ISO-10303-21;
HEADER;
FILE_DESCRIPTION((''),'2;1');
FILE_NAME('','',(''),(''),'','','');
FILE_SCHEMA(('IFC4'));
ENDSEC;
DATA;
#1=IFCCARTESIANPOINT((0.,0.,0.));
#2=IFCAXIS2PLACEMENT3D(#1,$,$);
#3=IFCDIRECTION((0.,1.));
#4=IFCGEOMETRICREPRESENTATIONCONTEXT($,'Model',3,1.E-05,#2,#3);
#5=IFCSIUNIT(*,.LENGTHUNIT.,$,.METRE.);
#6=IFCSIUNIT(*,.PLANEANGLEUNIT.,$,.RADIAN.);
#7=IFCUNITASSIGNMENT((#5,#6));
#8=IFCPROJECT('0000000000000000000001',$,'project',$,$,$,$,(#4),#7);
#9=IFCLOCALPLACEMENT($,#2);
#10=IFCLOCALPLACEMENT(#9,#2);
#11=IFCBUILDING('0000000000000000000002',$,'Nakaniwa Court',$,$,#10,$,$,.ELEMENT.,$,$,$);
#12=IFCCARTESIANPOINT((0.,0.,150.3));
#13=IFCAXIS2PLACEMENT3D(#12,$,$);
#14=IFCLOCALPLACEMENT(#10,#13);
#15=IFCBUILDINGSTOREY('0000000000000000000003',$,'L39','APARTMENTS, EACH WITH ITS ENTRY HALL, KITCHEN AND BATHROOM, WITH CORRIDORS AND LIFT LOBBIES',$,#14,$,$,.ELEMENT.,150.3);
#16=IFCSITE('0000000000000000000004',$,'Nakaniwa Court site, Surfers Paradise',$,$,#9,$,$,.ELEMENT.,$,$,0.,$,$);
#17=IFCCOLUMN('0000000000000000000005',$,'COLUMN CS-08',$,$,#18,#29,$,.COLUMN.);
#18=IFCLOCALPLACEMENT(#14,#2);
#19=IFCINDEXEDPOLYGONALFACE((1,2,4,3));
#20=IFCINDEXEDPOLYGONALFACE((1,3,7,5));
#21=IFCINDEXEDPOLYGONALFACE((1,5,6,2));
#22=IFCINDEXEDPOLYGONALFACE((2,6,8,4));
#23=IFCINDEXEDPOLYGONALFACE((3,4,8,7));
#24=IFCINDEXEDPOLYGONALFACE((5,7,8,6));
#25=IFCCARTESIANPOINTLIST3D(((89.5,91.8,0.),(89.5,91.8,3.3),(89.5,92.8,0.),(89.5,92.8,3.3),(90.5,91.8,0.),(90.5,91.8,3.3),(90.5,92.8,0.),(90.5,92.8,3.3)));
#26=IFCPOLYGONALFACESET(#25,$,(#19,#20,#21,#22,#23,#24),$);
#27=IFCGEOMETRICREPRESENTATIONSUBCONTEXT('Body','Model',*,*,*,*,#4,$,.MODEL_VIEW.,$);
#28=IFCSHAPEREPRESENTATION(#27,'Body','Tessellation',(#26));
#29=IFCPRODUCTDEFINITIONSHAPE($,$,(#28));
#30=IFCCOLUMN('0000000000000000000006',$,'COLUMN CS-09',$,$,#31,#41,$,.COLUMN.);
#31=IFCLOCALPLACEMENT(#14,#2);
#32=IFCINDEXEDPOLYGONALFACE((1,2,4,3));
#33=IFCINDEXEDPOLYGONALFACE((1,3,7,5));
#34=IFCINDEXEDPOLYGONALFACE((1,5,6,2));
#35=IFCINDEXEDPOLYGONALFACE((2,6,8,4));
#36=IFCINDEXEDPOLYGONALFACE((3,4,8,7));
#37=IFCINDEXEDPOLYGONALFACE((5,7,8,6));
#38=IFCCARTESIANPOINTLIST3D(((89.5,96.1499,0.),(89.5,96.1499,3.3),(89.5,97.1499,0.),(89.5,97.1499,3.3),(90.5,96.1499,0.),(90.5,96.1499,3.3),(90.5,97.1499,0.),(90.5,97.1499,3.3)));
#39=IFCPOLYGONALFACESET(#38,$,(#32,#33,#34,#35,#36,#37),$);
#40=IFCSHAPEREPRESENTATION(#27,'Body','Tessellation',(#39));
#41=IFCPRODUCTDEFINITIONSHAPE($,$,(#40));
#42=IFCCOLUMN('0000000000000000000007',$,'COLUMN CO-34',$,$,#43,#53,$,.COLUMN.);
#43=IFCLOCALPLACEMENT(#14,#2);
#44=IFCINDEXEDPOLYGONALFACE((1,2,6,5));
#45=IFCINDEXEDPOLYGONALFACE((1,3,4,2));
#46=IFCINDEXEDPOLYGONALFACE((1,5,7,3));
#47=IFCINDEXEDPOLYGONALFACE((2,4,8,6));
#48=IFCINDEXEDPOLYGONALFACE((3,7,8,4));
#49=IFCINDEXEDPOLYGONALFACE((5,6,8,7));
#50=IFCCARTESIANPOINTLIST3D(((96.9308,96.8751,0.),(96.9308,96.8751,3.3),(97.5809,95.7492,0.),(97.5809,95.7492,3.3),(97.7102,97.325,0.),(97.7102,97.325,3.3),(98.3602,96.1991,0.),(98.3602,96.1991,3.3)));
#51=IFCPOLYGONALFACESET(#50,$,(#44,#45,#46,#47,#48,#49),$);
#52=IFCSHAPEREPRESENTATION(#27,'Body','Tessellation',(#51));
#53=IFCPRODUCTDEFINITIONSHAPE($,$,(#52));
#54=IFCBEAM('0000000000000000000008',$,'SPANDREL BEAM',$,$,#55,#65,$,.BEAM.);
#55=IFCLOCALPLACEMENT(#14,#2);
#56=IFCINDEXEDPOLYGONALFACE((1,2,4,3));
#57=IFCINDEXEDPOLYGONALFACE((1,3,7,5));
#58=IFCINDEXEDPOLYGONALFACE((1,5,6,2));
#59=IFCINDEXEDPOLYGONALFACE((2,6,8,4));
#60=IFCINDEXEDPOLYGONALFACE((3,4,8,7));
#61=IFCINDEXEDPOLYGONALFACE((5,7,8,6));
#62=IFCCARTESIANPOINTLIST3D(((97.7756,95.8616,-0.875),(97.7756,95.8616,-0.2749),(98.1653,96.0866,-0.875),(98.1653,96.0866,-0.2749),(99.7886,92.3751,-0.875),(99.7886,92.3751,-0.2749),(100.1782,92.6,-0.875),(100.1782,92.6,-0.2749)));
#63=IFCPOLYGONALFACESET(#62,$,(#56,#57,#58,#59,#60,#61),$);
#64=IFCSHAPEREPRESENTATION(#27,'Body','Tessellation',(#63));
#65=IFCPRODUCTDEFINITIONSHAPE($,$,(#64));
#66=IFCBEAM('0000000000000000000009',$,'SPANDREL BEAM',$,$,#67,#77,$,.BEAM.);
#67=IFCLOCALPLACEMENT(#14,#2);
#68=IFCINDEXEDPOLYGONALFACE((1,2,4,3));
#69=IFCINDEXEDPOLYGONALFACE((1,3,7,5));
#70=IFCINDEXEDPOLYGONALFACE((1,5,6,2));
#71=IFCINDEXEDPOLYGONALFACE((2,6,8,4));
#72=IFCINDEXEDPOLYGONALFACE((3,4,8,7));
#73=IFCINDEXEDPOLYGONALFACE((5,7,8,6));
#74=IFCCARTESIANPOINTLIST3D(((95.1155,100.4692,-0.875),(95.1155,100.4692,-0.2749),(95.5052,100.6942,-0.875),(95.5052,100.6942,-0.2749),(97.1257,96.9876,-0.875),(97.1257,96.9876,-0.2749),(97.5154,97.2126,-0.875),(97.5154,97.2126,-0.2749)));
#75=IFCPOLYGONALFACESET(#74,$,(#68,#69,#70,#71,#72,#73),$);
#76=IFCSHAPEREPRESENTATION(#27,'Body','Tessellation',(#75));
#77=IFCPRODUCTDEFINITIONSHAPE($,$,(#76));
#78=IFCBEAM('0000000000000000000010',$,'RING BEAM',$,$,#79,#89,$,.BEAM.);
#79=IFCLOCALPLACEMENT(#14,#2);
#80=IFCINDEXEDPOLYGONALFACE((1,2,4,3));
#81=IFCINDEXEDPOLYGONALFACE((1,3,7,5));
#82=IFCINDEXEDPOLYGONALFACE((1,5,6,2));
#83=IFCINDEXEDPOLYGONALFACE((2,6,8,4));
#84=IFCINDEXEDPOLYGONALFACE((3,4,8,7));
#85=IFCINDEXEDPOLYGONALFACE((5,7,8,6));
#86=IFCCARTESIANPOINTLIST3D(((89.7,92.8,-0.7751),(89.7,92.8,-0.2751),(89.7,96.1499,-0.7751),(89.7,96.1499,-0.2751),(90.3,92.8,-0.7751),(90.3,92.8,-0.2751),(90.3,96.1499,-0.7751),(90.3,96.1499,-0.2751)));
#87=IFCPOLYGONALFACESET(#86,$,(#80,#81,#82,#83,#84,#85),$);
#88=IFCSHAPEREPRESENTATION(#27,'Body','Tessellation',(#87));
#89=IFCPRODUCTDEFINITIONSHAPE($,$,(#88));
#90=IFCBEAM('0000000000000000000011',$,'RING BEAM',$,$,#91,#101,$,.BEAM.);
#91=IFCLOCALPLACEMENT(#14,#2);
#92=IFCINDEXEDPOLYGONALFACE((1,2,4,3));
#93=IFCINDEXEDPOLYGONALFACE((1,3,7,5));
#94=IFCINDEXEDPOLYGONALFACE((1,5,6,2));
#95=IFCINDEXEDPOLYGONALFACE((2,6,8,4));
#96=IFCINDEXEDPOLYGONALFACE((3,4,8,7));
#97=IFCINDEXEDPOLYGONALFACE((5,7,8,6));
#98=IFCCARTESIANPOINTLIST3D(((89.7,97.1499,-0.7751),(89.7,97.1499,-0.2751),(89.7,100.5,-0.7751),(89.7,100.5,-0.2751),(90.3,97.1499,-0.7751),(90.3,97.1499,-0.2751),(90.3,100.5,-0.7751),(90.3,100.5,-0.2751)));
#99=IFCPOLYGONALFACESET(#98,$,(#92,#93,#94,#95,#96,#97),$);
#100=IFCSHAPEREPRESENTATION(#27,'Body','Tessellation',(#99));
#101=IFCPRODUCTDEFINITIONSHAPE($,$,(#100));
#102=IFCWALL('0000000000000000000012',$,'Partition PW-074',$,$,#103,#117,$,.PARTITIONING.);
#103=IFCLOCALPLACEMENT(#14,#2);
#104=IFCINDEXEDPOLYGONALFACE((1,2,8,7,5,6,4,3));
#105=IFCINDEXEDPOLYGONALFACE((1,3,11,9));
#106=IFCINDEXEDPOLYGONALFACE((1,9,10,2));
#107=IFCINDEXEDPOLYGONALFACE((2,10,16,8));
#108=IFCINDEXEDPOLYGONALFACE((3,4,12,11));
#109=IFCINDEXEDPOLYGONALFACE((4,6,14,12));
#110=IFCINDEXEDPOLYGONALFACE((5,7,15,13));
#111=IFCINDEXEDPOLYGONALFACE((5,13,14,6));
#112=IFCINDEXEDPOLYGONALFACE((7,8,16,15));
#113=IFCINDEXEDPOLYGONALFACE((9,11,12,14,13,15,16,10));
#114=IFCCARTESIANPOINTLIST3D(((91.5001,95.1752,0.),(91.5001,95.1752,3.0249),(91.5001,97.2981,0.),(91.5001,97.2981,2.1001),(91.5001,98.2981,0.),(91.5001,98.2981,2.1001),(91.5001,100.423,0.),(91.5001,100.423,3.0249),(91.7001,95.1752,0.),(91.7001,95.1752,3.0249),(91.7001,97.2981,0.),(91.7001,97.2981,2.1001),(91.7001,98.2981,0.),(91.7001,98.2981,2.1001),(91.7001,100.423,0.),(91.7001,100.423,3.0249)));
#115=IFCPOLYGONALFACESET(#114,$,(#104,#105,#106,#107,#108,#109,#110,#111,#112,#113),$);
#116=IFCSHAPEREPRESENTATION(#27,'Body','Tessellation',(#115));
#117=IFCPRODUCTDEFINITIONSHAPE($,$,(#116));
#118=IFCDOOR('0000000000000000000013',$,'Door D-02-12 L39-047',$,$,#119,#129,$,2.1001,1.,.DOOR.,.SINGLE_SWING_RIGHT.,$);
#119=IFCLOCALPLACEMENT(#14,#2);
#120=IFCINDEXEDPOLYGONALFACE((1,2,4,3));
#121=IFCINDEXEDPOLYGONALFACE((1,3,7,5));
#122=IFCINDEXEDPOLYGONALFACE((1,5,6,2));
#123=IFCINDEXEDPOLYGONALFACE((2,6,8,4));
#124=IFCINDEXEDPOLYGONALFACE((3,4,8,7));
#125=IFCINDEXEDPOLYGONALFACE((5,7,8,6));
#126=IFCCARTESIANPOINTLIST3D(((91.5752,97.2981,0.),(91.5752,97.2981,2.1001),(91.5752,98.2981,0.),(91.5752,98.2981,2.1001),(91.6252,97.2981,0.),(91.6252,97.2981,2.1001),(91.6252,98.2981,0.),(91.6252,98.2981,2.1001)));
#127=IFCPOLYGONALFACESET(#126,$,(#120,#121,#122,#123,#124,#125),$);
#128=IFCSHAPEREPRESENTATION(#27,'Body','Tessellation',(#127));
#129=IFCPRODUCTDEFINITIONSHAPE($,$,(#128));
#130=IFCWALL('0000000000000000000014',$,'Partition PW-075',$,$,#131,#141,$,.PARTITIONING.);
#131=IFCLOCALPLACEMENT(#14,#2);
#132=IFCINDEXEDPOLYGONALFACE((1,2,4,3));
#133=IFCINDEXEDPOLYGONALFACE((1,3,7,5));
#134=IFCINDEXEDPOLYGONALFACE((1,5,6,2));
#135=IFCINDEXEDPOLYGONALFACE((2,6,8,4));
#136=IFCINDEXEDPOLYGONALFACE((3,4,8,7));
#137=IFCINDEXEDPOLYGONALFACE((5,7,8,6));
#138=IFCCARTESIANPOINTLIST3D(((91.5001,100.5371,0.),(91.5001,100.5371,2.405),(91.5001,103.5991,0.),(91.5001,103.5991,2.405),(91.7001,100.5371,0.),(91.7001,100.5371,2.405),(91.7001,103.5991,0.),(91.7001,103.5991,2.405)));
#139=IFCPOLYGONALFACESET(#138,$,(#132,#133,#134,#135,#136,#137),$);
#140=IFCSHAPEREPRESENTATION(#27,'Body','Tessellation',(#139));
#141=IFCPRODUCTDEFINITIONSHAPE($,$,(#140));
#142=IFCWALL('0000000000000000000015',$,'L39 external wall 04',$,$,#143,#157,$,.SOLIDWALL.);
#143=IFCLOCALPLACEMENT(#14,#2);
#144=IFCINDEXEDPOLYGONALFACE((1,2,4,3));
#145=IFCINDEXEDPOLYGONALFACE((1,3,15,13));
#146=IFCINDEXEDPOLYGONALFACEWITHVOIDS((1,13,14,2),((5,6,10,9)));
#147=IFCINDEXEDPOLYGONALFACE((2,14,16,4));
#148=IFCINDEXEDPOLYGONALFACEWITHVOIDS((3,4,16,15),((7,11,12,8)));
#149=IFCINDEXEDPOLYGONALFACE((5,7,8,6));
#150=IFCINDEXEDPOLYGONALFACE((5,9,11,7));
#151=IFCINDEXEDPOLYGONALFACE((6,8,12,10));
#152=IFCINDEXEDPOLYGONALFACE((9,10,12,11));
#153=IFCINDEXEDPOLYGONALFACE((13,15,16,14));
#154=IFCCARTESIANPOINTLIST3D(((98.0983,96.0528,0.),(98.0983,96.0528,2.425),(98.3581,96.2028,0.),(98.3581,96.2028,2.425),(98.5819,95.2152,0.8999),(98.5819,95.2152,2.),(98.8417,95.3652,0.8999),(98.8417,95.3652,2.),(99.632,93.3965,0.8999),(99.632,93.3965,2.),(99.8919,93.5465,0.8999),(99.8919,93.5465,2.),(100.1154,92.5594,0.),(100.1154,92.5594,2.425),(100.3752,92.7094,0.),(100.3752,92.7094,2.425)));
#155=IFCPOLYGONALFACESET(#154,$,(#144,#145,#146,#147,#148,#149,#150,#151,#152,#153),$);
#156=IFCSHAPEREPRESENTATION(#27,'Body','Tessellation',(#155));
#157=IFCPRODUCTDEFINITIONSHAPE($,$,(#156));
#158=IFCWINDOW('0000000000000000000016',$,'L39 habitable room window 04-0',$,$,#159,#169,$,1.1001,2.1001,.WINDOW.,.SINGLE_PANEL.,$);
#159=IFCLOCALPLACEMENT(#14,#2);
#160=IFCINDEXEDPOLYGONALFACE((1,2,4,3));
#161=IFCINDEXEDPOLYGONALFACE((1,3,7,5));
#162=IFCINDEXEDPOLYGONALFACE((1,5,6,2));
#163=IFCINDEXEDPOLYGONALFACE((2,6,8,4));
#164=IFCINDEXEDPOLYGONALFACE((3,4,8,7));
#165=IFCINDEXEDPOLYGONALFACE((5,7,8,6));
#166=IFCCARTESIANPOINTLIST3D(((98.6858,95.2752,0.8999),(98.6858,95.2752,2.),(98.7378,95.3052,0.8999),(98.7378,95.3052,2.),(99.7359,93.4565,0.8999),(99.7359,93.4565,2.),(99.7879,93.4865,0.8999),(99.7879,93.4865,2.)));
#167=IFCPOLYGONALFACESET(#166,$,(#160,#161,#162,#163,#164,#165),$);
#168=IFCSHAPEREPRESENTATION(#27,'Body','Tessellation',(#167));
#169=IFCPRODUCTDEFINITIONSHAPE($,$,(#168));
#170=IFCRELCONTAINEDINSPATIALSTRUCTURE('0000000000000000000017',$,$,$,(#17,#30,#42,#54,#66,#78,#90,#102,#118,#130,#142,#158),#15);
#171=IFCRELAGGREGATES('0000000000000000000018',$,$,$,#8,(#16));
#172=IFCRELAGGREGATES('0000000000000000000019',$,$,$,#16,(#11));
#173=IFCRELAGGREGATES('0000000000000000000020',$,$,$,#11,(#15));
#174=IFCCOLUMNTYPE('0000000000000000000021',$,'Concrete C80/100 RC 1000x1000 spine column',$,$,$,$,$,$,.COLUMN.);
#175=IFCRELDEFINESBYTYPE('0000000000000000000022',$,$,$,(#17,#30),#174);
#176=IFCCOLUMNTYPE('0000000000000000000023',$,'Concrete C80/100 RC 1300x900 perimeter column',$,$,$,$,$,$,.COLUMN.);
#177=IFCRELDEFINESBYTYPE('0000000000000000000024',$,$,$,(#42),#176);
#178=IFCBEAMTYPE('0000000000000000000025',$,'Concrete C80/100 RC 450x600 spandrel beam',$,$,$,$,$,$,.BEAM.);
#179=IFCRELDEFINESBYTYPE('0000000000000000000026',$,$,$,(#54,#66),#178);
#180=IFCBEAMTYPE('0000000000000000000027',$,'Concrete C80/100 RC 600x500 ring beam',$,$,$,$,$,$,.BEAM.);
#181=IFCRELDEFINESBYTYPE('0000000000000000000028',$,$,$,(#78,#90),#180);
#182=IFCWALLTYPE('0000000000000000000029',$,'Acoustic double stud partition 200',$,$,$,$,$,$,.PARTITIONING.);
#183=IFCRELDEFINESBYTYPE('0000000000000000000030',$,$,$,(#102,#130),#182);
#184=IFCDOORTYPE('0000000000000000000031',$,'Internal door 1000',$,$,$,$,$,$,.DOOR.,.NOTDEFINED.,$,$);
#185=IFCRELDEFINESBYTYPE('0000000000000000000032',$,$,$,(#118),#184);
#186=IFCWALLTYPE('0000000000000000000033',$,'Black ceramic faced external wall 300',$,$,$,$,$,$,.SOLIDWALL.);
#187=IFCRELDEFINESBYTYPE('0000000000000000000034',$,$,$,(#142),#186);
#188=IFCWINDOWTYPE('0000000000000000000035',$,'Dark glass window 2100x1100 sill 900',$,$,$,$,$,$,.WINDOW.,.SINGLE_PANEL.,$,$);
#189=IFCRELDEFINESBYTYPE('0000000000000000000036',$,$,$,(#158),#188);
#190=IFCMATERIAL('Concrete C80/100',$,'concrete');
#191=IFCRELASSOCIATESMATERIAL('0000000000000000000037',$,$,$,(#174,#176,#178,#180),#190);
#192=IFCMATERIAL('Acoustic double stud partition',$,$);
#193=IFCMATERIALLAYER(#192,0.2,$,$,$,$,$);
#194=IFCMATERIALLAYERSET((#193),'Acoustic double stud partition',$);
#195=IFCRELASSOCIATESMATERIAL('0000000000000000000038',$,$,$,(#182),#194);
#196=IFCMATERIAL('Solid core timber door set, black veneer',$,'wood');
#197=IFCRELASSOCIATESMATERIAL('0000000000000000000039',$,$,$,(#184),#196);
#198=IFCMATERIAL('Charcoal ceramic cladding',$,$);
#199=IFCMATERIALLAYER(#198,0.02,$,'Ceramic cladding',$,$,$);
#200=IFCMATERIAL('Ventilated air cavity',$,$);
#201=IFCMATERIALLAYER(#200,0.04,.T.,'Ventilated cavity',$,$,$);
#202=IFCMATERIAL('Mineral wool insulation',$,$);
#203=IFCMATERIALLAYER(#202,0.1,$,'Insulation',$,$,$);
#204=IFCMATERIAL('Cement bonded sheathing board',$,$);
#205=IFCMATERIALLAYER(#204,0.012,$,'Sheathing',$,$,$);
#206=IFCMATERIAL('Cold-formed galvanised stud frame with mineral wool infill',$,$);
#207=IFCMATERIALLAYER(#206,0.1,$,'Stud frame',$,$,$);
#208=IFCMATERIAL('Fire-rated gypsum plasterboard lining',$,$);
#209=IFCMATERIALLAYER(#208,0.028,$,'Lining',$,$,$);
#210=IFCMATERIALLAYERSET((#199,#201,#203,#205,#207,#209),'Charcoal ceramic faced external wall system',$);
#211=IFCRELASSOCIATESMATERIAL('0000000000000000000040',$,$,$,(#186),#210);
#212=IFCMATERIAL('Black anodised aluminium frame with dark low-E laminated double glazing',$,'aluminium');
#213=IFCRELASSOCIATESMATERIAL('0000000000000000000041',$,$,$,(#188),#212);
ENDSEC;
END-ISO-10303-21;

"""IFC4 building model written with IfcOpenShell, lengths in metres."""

from ifc_helpers import new_model, si_unit, direction, frame, frame_2d, origin, origin_2d, place, context, subcontext, project, spatial, rectangle, extrude, material, layer, layer_set, material_profile, profile_set, type_object, element, fill, save


model = new_model("IFC4")

# Units and contexts
model_context = context("Model", 3, precision=1e-05, world=origin(), true_north=direction((0.0, 1.0)))
body_context = subcontext(model_context, "Body", "Model", "MODEL_VIEW")
ifc_project = project(units=[si_unit("LENGTHUNIT", "METRE"), si_unit("PLANEANGLEUNIT", "RADIAN")], contexts=[model_context])

# Site, building, storey
site_placement = place(None, origin())
site = spatial("IfcSite", under=ifc_project, at=site_placement, Name="Nakaniwa Court site, Surfers Paradise", CompositionType="ELEMENT", RefElevation=0.0)
building_placement = place(site_placement, origin())
building = spatial("IfcBuilding", under=site, at=building_placement, Name="Nakaniwa Court", CompositionType="ELEMENT")
storey_placement = place(building_placement, frame((0.0, 0.0, 150.3)))
storey = spatial("IfcBuildingStorey", under=building, at=storey_placement, Name="L39", Description="APARTMENTS, EACH WITH ITS ENTRY HALL, KITCHEN AND BATHROOM, WITH CORRIDORS AND LIFT LOBBIES", CompositionType="ELEMENT", Elevation=150.3)

# Columns
ifc_material_1 = material(Name="Concrete C80/100", Category="concrete")
ifc_material_profile_1 = material_profile(ifc_material_1, rectangle(XDim=1.0, YDim=1.0, at=origin_2d()), Name="Concrete C80/100 RC 1000x1000 spine column")
ifc_profile_set_1 = profile_set([ifc_material_profile_1], Name="Concrete C80/100")
column_type_1 = type_object("IfcColumnType", Name="Concrete C80/100 RC 1000x1000 spine column", PredefinedType="COLUMN", material=ifc_profile_set_1)
for number, where, z_axis, x_axis, name in (
    (1, (90.0, 92.3, 0.0), (0.0, 0.0, 1.0), (0.0, 1.0, 0.0), "COLUMN CS-08"),
    (2, (90.0, 96.6499, 0.0), (0.0, 0.0, 1.0), (0.0, 1.0, 0.0), "COLUMN CS-09"),
):
    element("IfcColumn", number, at=place(storey_placement, frame(where, z_axis=z_axis, x_axis=x_axis)), inside=storey, type_object=column_type_1, Name=name, PredefinedType="COLUMN", context=body_context, shape_type="SweptSolid", body=[
        extrude(rectangle(XDim=1.0, YDim=1.0, at=origin_2d()), origin(), (0.0, 0.0, 1.0), 3.3),
    ])
ifc_material_profile_2 = material_profile(ifc_material_1, rectangle(XDim=1.3, YDim=0.8999, at=origin_2d()), Name="Concrete C80/100 RC 1300x900 perimeter column")
ifc_profile_set_2 = profile_set([ifc_material_profile_2], Name="Concrete C80/100")
column_type_2 = type_object("IfcColumnType", Name="Concrete C80/100 RC 1300x900 perimeter column", PredefinedType="COLUMN", material=ifc_profile_set_2)
column_placement = place(storey_placement, frame((97.6455, 96.5371, 0.0), z_axis=(0.0, 0.0, 1.0), x_axis=(-0.5, 0.866025, 0.0)))
element("IfcColumn", 3, at=column_placement, inside=storey, type_object=column_type_2, Name="COLUMN CO-34", PredefinedType="COLUMN", context=body_context, shape_type="SweptSolid", body=[
    extrude(rectangle(XDim=1.3, YDim=0.8999, at=origin_2d()), origin(), (0.0, 0.0, 1.0), 3.3),
])

# Beams
ifc_material_profile_3 = material_profile(ifc_material_1, rectangle(XDim=0.45, YDim=0.6001, at=origin_2d()), Name="Concrete C80/100 RC 450x600 spandrel beam")
ifc_profile_set_3 = profile_set([ifc_material_profile_3], Name="Concrete C80/100")
beam_type_1 = type_object("IfcBeamType", Name="Concrete C80/100 RC 450x600 spandrel beam", PredefinedType="BEAM", material=ifc_profile_set_3)
beam_1_placement = place(storey_placement, frame((99.9834, 92.4875, -0.575), z_axis=(-0.499994, 0.866029, 0.0), x_axis=(-0.866029, -0.499994, 0.0)))
element("IfcBeam", 4, at=beam_1_placement, inside=storey, type_object=beam_type_1, Name="SPANDREL BEAM", PredefinedType="BEAM", context=body_context, shape_type="SweptSolid", body=[
    extrude(rectangle(XDim=0.45, YDim=0.6001, at=origin_2d()), origin(), (0.0, 0.0, 1.0), 4.0259),
])
beam_2_placement = place(storey_placement, frame((97.3206, 97.1001, -0.575), z_axis=(-0.500019, 0.866015, 0.0), x_axis=(-0.866015, -0.500019, 0.0)))
element("IfcBeam", 5, at=beam_2_placement, inside=storey, type_object=beam_type_1, Name="SPANDREL BEAM", PredefinedType="BEAM", context=body_context, shape_type="SweptSolid", body=[
    extrude(rectangle(XDim=0.45, YDim=0.6001, at=origin_2d()), origin(), (0.0, 0.0, 1.0), 4.0203),
])
ifc_material_profile_4 = material_profile(ifc_material_1, rectangle(XDim=0.6001, YDim=0.5, at=origin_2d()), Name="Concrete C80/100 RC 600x500 ring beam")
ifc_profile_set_4 = profile_set([ifc_material_profile_4], Name="Concrete C80/100")
beam_type_2 = type_object("IfcBeamType", Name="Concrete C80/100 RC 600x500 ring beam", PredefinedType="BEAM", material=ifc_profile_set_4)
beam_3_placement = place(storey_placement, frame((90.0, 92.8, -0.5251), z_axis=(0.0, 1.0, 0.0), x_axis=(-1.0, 0.0, 0.0)))
element("IfcBeam", 6, at=beam_3_placement, inside=storey, type_object=beam_type_2, Name="RING BEAM", PredefinedType="BEAM", context=body_context, shape_type="SweptSolid", body=[
    extrude(rectangle(XDim=0.6001, YDim=0.5, at=origin_2d()), origin(), (0.0, 0.0, 1.0), 3.3499),
])
beam_4_placement = place(storey_placement, frame((90.0, 97.1499, -0.5251), z_axis=(0.0, 1.0, 0.0), x_axis=(-1.0, 0.0, 0.0)))
element("IfcBeam", 7, at=beam_4_placement, inside=storey, type_object=beam_type_2, Name="RING BEAM", PredefinedType="BEAM", context=body_context, shape_type="SweptSolid", body=[
    extrude(rectangle(XDim=0.6001, YDim=0.5, at=origin_2d()), origin(), (0.0, 0.0, 1.0), 3.3501),
])

# Wall, opening, door
ifc_material_2 = material(Name="Acoustic double stud partition")
ifc_layer_1 = layer(ifc_material_2, 0.2)
ifc_layer_set_1 = layer_set([ifc_layer_1], Name="Acoustic double stud partition")
wall_type_1 = type_object("IfcWallType", Name="Acoustic double stud partition 200", PredefinedType="PARTITIONING", material=ifc_layer_set_1)
wall_1_placement = place(storey_placement, frame((91.6001, 95.175, 0.0), z_axis=(0.0, 0.0, 1.0), x_axis=(0.0, 1.0, 0.0)))
wall_1 = element("IfcWall", 8, at=wall_1_placement, inside=storey, type_object=wall_type_1, Name="Partition PW-074", PredefinedType="PARTITIONING", context=body_context, shape_type="SweptSolid", body=[
    extrude(rectangle(XDim=5.2478, YDim=0.2, at=frame_2d((2.624, 0.0))), origin(), (0.0, 0.0, 1.0), 3.0249),
])
opening_1_placement = place(wall_1_placement, frame((2.123, 0.0, 0.0)))
opening_1 = element("IfcOpeningElement", 9, at=opening_1_placement, cuts=wall_1, PredefinedType="OPENING", context=body_context, shape_type="SweptSolid", body=[
    extrude(rectangle(XDim=1.0, YDim=2.1001, at=frame_2d((0.5, 1.05))), frame((0.0, 0.1099, 0.0), z_axis=(0.0, -1.0, 0.0), x_axis=(1.0, 0.0, 0.0)), (0.0, 0.0, 1.0), 0.22),
])
ifc_material_3 = material(Name="Solid core timber door set, black veneer", Category="wood")
door_type = type_object("IfcDoorType", Name="Internal door 1000", OperationType="NOTDEFINED", PredefinedType="DOOR", material=ifc_material_3)
door_placement = place(opening_1_placement, origin())
door = element("IfcDoor", 10, at=door_placement, inside=storey, type_object=door_type, Name="Door D-02-12 L39-047", OperationType="SINGLE_SWING_RIGHT", OverallHeight=2.1001, OverallWidth=1.0, PredefinedType="DOOR", context=body_context, shape_type="SweptSolid", body=[
    extrude(rectangle(XDim=1.0, YDim=2.1001, at=frame_2d((0.5, 1.05))), frame((0.0, 0.0249, 0.0), z_axis=(0.0, -1.0, 0.0), x_axis=(1.0, 0.0, 0.0)), (0.0, 0.0, 1.0), 0.05),
])
fill(opening_1, door)

# Wall
wall_2_placement = place(storey_placement, frame((91.6001, 100.5371, 0.0), z_axis=(0.0, 0.0, 1.0), x_axis=(0.0, 1.0, 0.0)))
element("IfcWall", 11, at=wall_2_placement, inside=storey, type_object=wall_type_1, Name="Partition PW-075", PredefinedType="PARTITIONING", context=body_context, shape_type="SweptSolid", body=[
    extrude(rectangle(XDim=3.062, YDim=0.2, at=frame_2d((1.531, 0.0))), origin(), (0.0, 0.0, 1.0), 2.405),
])

# Wall, opening, window
ifc_material_4 = material(Name="Charcoal ceramic cladding")
ifc_layer_2 = layer(ifc_material_4, 0.02, Name="Ceramic cladding")
ifc_material_5 = material(Name="Ventilated air cavity")
ifc_layer_3 = layer(ifc_material_5, 0.04, ventilated=True, Name="Ventilated cavity")
ifc_material_6 = material(Name="Mineral wool insulation")
ifc_layer_4 = layer(ifc_material_6, 0.1, Name="Insulation")
ifc_material_7 = material(Name="Cement bonded sheathing board")
ifc_layer_5 = layer(ifc_material_7, 0.012, Name="Sheathing")
ifc_material_8 = material(Name="Cold-formed galvanised stud frame with mineral wool infill")
ifc_layer_6 = layer(ifc_material_8, 0.1, Name="Stud frame")
ifc_material_9 = material(Name="Fire-rated gypsum plasterboard lining")
ifc_layer_7 = layer(ifc_material_9, 0.028, Name="Lining")
ifc_layer_set_2 = layer_set([ifc_layer_2, ifc_layer_3, ifc_layer_4, ifc_layer_5, ifc_layer_6, ifc_layer_7], Name="Charcoal ceramic faced external wall system")
wall_type_2 = type_object("IfcWallType", Name="Black ceramic faced external wall 300", PredefinedType="SOLIDWALL", material=ifc_layer_set_2)
wall_3_placement = place(storey_placement, frame((100.2454, 92.6343, 0.0), z_axis=(0.0, 0.0, 1.0), x_axis=(-0.500032, 0.866007, 0.0)))
wall_3 = element("IfcWall", 12, at=wall_3_placement, inside=storey, type_object=wall_type_2, Name="L39 external wall 04", PredefinedType="SOLIDWALL", context=body_context, shape_type="SweptSolid", body=[
    extrude(rectangle(XDim=4.0339, YDim=0.3, at=frame_2d((2.0171, 0.0))), origin(), (0.0, 0.0, 1.0), 2.425),
])
opening_2_placement = place(wall_3_placement, frame((0.9668, 0.0, 0.8999)))
opening_2 = element("IfcOpeningElement", 13, at=opening_2_placement, cuts=wall_3, PredefinedType="OPENING", context=body_context, shape_type="SweptSolid", body=[
    extrude(rectangle(XDim=2.1001, YDim=1.1001, at=frame_2d((1.05, 0.55))), frame((0.0, 0.1599, 0.0), z_axis=(0.0, -1.0, 0.0), x_axis=(1.0, 0.0, 0.0)), (0.0, 0.0, 1.0), 0.3201),
])
ifc_material_10 = material(Name="Black anodised aluminium frame with dark low-E laminated double glazing", Category="aluminium")
window_type = type_object("IfcWindowType", Name="Dark glass window 2100x1100 sill 900", PartitioningType="SINGLE_PANEL", PredefinedType="WINDOW", material=ifc_material_10)
window_1_placement = place(opening_2_placement, origin())
window_1 = element("IfcWindow", 14, at=window_1_placement, inside=storey, type_object=window_type, Name="L39 habitable room window 04-0", OverallHeight=1.1001, OverallWidth=2.1001, PartitioningType="SINGLE_PANEL", PredefinedType="WINDOW", context=body_context, shape_type="SweptSolid", body=[
    extrude(rectangle(XDim=2.1001, YDim=1.1001, at=frame_2d((1.05, 0.55))), frame((0.0, 0.03, 0.0), z_axis=(0.0, -1.0, 0.0), x_axis=(1.0, 0.0, 0.0)), (0.0, 0.0, 1.0), 0.0601),
])
fill(opening_2, window_1)

save(model, "model.ifc")
